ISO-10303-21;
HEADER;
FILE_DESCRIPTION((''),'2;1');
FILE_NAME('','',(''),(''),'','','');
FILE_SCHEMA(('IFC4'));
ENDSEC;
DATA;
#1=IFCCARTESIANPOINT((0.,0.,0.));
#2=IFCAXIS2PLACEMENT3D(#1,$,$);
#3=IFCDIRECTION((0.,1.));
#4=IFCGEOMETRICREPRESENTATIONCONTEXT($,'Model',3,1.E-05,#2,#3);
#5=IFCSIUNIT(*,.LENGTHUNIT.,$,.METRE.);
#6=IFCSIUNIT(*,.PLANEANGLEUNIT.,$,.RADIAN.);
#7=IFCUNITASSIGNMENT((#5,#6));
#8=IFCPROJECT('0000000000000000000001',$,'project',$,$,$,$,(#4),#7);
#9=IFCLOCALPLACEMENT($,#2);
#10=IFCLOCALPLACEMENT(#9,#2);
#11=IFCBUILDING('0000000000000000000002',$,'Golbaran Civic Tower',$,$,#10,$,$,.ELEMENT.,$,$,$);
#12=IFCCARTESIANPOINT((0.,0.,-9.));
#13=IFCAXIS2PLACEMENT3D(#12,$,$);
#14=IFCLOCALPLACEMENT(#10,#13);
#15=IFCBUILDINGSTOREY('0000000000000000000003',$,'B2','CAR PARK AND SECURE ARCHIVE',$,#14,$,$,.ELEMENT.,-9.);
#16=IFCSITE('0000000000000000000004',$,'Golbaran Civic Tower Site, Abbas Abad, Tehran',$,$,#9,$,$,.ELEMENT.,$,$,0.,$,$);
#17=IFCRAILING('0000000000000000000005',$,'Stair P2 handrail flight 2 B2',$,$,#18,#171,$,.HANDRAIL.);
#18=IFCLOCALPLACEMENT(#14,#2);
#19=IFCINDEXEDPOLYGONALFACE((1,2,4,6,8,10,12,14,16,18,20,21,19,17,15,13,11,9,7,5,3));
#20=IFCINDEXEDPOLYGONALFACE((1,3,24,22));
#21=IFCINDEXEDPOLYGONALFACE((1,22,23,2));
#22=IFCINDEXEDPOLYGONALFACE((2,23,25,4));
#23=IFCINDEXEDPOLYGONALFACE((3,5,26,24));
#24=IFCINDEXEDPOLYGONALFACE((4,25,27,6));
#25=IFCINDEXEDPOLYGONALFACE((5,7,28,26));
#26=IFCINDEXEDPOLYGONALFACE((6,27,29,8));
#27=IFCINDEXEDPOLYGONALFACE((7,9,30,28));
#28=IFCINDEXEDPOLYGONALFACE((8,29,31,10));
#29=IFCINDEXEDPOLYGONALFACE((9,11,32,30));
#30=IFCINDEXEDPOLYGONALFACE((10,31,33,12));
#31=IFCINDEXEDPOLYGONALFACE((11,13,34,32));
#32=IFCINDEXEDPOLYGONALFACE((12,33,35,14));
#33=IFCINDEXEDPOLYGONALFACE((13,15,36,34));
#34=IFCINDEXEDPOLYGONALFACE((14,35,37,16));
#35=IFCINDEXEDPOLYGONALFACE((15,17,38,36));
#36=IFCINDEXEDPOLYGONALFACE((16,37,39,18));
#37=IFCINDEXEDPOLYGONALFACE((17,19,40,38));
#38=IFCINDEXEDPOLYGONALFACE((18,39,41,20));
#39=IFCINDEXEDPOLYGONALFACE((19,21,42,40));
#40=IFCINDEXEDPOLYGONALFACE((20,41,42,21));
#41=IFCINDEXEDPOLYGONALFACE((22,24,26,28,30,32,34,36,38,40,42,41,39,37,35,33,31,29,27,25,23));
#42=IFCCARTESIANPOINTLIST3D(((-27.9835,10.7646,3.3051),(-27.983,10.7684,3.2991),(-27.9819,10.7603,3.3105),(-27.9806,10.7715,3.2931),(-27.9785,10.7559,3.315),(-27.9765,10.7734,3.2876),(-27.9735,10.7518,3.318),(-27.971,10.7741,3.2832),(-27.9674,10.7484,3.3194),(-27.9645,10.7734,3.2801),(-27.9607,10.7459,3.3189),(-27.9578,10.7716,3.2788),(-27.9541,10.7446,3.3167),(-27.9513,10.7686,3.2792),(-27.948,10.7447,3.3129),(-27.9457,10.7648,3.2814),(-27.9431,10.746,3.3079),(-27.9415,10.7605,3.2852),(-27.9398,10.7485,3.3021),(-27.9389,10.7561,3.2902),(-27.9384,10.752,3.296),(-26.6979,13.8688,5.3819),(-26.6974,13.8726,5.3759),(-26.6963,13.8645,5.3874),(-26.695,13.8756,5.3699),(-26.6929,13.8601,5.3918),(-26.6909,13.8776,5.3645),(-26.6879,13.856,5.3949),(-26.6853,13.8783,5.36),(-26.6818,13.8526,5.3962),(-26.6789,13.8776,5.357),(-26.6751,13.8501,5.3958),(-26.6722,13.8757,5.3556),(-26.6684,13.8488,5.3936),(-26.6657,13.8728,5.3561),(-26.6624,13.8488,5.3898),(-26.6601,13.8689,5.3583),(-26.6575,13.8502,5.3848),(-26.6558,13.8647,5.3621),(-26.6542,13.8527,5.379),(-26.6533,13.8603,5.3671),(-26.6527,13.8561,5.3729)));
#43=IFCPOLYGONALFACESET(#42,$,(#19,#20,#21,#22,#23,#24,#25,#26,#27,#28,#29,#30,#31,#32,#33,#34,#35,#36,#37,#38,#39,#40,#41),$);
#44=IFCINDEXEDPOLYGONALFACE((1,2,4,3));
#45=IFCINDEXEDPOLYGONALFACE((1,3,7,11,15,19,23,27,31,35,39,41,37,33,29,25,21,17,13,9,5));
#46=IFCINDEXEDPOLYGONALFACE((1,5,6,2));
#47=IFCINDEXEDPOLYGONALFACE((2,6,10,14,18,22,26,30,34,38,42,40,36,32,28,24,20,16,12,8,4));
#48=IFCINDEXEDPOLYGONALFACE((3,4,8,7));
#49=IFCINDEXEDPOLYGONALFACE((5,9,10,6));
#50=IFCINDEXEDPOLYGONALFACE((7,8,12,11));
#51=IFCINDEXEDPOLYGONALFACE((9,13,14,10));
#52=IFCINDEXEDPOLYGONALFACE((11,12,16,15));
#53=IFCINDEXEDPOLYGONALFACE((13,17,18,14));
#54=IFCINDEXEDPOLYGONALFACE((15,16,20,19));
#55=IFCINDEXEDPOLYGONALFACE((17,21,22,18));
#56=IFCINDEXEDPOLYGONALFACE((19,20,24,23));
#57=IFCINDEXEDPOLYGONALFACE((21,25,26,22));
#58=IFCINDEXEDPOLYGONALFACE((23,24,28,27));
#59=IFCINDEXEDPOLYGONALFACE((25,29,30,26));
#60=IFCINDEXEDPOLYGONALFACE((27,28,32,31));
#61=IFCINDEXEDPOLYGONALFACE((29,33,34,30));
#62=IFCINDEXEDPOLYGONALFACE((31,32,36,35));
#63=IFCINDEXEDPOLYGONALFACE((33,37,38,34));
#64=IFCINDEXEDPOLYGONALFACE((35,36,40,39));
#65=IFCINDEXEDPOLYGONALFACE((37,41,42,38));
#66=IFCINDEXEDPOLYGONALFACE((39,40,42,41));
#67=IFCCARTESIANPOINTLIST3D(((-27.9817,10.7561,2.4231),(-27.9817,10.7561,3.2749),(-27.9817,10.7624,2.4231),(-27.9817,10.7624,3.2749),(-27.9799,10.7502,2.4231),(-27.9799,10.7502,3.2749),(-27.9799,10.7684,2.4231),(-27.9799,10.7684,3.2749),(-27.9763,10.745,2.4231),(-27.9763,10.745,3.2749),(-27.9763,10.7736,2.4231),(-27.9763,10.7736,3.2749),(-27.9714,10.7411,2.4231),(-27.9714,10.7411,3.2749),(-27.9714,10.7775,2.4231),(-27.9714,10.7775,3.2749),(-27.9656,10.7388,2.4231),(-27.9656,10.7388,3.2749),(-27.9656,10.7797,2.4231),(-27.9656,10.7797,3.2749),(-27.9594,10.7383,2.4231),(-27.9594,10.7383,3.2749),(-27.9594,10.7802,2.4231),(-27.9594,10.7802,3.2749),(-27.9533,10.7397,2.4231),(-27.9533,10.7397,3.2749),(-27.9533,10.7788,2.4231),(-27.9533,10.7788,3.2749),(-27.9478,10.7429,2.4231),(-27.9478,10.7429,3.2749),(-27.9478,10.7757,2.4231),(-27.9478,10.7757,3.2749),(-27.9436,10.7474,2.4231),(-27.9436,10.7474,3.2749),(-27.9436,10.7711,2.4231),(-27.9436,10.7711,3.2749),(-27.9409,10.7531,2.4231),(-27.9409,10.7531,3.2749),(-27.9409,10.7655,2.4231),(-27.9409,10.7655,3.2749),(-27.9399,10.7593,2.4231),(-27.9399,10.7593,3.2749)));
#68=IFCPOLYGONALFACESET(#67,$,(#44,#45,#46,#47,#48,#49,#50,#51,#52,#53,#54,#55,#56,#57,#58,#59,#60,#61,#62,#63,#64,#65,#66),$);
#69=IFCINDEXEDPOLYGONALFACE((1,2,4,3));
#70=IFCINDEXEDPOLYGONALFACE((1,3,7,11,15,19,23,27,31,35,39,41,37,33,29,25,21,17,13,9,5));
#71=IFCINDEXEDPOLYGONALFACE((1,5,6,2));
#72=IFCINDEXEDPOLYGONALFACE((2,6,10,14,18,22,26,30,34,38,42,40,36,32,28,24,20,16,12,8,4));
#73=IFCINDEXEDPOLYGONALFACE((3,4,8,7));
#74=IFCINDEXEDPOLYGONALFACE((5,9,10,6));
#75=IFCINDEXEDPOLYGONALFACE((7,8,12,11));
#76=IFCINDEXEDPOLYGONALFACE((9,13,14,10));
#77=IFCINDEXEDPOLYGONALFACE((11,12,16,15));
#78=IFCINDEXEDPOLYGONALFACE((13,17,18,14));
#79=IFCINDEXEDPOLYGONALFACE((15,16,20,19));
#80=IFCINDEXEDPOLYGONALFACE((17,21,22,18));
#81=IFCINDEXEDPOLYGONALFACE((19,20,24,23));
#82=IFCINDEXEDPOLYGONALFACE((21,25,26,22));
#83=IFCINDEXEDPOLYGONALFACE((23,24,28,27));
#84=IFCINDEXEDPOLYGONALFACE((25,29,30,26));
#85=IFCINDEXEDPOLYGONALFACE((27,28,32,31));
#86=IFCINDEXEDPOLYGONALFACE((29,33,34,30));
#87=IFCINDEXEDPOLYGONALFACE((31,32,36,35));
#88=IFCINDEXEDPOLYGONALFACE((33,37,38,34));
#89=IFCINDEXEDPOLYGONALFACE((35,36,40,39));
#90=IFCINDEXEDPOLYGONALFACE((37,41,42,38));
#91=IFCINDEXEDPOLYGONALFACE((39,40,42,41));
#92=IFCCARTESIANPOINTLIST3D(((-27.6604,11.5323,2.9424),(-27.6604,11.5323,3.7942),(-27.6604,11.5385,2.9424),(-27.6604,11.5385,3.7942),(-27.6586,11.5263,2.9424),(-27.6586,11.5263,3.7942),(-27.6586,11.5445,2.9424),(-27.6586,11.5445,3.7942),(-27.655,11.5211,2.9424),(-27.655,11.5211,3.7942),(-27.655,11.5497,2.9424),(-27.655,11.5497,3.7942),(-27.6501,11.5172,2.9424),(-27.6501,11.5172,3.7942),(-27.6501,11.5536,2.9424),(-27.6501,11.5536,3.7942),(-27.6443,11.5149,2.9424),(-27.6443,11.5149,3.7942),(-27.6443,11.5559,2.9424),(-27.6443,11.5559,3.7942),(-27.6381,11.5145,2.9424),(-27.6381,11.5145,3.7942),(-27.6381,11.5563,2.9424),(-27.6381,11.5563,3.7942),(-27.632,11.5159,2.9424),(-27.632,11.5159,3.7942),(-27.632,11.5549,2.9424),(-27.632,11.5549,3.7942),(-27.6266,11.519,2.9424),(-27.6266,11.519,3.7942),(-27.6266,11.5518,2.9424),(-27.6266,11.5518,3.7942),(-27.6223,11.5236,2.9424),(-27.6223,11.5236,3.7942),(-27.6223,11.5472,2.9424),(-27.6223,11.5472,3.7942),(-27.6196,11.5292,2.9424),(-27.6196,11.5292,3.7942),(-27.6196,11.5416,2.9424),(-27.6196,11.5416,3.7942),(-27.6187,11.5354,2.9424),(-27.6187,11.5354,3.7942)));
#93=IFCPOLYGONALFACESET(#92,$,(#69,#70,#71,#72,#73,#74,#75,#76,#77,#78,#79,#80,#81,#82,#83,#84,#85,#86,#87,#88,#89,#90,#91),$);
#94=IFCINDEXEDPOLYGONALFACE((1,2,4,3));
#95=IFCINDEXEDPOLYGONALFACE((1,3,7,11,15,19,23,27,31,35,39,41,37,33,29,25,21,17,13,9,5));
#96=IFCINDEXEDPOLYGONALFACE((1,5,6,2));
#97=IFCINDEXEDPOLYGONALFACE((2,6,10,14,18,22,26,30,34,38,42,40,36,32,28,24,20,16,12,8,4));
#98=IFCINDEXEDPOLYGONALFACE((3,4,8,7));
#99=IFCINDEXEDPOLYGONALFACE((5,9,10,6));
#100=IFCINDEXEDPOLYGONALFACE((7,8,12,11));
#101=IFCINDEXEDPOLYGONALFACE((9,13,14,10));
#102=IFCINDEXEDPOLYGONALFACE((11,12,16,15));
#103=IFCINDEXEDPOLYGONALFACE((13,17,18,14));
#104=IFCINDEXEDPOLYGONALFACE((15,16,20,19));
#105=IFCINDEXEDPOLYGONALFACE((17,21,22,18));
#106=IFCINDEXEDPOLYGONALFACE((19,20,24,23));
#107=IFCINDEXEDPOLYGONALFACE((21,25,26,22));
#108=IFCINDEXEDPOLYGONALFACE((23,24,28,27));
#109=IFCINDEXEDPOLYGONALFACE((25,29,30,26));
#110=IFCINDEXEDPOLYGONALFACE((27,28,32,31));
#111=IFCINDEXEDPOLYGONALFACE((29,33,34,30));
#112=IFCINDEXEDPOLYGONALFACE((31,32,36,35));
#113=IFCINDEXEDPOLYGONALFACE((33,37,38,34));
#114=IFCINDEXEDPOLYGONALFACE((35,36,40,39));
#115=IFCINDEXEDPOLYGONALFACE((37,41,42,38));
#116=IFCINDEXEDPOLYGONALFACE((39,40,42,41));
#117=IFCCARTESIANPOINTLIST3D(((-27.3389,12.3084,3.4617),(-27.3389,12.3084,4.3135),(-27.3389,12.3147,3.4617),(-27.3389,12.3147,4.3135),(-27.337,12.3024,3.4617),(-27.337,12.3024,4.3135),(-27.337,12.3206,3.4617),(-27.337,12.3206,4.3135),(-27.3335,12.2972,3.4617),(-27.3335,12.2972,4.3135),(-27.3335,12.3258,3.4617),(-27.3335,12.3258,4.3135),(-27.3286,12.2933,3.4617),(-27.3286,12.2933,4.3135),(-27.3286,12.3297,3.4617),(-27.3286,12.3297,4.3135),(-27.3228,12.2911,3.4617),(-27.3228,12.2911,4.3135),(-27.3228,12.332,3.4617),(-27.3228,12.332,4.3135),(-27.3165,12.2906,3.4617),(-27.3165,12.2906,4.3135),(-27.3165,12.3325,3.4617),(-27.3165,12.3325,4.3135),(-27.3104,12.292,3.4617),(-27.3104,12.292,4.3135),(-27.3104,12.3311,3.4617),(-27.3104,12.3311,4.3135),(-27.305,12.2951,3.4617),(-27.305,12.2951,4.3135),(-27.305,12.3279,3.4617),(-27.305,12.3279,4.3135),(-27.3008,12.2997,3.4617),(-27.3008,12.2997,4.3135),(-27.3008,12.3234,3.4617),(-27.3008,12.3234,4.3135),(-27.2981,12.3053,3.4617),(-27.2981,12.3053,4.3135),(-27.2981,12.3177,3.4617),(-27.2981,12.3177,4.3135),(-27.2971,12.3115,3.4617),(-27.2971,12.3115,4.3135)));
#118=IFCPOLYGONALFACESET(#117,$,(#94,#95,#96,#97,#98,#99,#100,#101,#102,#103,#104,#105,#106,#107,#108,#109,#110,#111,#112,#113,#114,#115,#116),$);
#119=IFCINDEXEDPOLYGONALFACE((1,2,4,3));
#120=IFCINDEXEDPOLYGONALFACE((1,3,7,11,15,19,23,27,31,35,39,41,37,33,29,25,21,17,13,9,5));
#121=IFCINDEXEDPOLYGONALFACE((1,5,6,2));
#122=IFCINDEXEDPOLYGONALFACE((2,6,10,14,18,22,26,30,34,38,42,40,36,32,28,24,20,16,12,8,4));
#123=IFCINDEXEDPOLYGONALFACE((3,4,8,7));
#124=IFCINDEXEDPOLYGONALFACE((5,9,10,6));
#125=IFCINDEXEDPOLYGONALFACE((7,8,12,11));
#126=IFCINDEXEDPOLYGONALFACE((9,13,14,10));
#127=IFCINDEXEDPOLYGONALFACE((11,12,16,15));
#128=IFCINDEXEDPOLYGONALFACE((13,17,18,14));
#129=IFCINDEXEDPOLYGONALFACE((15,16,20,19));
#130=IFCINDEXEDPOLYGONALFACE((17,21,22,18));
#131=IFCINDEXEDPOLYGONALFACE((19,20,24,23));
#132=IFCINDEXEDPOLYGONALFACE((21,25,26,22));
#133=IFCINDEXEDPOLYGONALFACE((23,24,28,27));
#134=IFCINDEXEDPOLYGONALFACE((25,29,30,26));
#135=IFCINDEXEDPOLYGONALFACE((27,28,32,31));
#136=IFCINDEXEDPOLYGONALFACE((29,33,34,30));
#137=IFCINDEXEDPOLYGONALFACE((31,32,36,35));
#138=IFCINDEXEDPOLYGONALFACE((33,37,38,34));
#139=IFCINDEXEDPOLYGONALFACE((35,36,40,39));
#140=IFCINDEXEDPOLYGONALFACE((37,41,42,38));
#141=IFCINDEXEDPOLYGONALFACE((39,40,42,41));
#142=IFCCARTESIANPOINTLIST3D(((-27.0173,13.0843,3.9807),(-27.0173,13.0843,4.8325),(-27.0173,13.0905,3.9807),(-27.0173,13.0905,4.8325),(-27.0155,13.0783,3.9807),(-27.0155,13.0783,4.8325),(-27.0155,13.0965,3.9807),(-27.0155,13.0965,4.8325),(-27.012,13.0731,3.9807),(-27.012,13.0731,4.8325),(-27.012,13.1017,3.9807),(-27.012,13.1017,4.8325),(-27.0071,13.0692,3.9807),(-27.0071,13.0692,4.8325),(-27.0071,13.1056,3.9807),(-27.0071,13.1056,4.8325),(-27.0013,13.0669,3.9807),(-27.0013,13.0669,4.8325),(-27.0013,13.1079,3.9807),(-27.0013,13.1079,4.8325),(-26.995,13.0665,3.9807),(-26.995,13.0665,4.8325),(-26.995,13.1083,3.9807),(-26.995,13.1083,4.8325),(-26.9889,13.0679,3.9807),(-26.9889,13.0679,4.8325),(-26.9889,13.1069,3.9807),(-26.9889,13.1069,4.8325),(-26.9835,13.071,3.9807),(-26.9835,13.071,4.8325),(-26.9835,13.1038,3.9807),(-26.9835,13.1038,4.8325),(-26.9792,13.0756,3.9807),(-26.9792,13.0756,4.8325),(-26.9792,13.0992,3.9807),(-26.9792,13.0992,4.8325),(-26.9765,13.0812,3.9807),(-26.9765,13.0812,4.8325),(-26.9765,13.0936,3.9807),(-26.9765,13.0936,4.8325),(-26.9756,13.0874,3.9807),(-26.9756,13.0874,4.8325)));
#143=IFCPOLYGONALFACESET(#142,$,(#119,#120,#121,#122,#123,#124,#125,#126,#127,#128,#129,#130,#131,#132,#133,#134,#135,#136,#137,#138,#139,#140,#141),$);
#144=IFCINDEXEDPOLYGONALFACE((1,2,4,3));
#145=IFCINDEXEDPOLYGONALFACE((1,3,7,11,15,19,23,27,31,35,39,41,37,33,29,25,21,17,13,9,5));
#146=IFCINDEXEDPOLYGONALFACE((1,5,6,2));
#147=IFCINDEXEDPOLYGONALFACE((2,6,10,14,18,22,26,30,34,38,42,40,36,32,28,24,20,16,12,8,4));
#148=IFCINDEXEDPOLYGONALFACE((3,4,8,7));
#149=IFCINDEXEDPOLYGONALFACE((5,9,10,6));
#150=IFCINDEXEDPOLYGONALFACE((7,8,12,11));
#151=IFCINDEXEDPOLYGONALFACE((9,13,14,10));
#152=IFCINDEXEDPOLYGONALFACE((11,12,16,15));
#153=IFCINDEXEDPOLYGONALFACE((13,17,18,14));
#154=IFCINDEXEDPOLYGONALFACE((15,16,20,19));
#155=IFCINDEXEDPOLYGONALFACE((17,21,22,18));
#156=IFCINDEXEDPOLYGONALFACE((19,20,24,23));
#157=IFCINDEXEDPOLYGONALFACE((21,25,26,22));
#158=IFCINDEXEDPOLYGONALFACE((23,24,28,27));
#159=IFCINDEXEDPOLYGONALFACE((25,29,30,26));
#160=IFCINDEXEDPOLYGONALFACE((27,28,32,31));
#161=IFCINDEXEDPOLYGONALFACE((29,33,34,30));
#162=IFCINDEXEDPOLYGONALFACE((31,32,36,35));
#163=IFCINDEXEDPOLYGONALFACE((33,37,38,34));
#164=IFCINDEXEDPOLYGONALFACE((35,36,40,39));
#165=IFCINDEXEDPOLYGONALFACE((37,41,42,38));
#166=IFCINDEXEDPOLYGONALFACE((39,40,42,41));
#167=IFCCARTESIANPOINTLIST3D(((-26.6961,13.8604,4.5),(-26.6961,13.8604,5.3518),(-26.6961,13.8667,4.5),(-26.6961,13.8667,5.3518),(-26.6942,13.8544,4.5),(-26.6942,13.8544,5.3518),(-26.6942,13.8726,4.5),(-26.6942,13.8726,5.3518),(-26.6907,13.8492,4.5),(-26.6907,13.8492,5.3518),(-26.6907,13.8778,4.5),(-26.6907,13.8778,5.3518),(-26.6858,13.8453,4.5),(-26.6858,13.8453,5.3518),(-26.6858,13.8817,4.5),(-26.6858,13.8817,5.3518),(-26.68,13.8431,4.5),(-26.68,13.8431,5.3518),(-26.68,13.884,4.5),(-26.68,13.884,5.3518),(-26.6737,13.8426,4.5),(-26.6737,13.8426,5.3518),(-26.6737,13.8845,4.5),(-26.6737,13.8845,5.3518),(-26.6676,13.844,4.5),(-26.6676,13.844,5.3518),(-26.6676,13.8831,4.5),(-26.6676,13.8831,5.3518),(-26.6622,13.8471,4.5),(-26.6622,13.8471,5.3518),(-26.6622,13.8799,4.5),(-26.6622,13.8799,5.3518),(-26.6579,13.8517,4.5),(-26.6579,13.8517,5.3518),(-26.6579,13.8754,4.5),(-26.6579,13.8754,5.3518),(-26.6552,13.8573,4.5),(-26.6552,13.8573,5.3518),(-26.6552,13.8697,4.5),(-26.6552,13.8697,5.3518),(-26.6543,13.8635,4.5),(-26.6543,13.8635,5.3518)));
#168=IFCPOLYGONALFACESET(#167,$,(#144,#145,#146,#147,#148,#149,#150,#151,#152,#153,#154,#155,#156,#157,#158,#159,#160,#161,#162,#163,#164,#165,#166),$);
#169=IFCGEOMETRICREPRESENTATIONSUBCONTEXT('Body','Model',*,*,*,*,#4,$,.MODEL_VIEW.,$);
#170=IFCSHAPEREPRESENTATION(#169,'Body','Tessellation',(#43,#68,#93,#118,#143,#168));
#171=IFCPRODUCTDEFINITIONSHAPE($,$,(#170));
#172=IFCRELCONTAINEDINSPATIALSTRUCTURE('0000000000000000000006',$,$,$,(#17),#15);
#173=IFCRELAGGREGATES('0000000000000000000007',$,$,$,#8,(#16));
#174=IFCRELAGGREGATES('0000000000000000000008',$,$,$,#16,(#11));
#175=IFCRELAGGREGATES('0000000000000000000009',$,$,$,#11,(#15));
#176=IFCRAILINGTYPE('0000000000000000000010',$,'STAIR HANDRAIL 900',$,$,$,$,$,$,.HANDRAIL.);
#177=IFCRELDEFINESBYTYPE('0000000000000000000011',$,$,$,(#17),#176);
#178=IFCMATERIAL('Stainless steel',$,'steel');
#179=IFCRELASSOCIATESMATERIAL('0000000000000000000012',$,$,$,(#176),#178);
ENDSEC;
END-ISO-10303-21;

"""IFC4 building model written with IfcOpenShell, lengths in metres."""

from ifc_helpers import new_model, si_unit, direction, frame, origin, origin_2d, place, context, subcontext, project, spatial, circle, extrude, material, type_object, element, save


model = new_model("IFC4")

# Units and contexts
model_context = context("Model", 3, precision=1e-05, world=origin(), true_north=direction((0.0, 1.0)))
body_context = subcontext(model_context, "Body", "Model", "MODEL_VIEW")
ifc_project = project(units=[si_unit("LENGTHUNIT", "METRE"), si_unit("PLANEANGLEUNIT", "RADIAN")], contexts=[model_context])

# Site, building, storey
site_placement = place(None, origin())
site = spatial("IfcSite", under=ifc_project, at=site_placement, Name="Golbaran Civic Tower Site, Abbas Abad, Tehran", CompositionType="ELEMENT", RefElevation=0.0)
building_placement = place(site_placement, origin())
building = spatial("IfcBuilding", under=site, at=building_placement, Name="Golbaran Civic Tower", CompositionType="ELEMENT")
storey_placement = place(building_placement, frame((0.0, 0.0, -9.0)))
storey = spatial("IfcBuildingStorey", under=building, at=storey_placement, Name="B2", Description="CAR PARK AND SECURE ARCHIVE", CompositionType="ELEMENT", Elevation=-9.0)

# Railing
ifc_material_1 = material(Name="Stainless steel", Category="steel")
railing_type_1 = type_object("IfcRailingType", Name="STAIR HANDRAIL 900", PredefinedType="HANDRAIL", material=ifc_material_1)
railing_1_placement = place(storey_placement, frame((-27.9609, 10.7593, 2.4231)))
element("IfcRailing", 1, at=railing_1_placement, inside=storey, type_object=railing_type_1, Name="Stair P2 handrail flight 2 B2", PredefinedType="HANDRAIL", context=body_context, shape_type="SweptSolid", body=[
    extrude(circle(Radius=0.0239, at=origin_2d()), frame((0.0, 0.0, 0.876), z_axis=(0.325477, 0.785879, 0.525794), x_axis=(-0.923898, 0.382638, 0.0)), (0.0, 0.0, 1.0), 3.95),
    extrude(circle(Radius=0.021, at=origin_2d()), origin(), (0.0, 0.0, 1.0), 0.8518),
    extrude(circle(Radius=0.021, at=origin_2d()), frame((0.3213, 0.7761, 0.5193)), (0.0, 0.0, 1.0), 0.8518),
    extrude(circle(Radius=0.021, at=origin_2d()), frame((0.6428, 1.5522, 1.0386)), (0.0, 0.0, 1.0), 0.8518),
    extrude(circle(Radius=0.021, at=origin_2d()), frame((0.9644, 2.3281, 1.5576)), (0.0, 0.0, 1.0), 0.8518),
    extrude(circle(Radius=0.021, at=origin_2d()), frame((1.2856, 3.1042, 2.0769)), (0.0, 0.0, 1.0), 0.8518),
])

save(model, "model.ifc")
